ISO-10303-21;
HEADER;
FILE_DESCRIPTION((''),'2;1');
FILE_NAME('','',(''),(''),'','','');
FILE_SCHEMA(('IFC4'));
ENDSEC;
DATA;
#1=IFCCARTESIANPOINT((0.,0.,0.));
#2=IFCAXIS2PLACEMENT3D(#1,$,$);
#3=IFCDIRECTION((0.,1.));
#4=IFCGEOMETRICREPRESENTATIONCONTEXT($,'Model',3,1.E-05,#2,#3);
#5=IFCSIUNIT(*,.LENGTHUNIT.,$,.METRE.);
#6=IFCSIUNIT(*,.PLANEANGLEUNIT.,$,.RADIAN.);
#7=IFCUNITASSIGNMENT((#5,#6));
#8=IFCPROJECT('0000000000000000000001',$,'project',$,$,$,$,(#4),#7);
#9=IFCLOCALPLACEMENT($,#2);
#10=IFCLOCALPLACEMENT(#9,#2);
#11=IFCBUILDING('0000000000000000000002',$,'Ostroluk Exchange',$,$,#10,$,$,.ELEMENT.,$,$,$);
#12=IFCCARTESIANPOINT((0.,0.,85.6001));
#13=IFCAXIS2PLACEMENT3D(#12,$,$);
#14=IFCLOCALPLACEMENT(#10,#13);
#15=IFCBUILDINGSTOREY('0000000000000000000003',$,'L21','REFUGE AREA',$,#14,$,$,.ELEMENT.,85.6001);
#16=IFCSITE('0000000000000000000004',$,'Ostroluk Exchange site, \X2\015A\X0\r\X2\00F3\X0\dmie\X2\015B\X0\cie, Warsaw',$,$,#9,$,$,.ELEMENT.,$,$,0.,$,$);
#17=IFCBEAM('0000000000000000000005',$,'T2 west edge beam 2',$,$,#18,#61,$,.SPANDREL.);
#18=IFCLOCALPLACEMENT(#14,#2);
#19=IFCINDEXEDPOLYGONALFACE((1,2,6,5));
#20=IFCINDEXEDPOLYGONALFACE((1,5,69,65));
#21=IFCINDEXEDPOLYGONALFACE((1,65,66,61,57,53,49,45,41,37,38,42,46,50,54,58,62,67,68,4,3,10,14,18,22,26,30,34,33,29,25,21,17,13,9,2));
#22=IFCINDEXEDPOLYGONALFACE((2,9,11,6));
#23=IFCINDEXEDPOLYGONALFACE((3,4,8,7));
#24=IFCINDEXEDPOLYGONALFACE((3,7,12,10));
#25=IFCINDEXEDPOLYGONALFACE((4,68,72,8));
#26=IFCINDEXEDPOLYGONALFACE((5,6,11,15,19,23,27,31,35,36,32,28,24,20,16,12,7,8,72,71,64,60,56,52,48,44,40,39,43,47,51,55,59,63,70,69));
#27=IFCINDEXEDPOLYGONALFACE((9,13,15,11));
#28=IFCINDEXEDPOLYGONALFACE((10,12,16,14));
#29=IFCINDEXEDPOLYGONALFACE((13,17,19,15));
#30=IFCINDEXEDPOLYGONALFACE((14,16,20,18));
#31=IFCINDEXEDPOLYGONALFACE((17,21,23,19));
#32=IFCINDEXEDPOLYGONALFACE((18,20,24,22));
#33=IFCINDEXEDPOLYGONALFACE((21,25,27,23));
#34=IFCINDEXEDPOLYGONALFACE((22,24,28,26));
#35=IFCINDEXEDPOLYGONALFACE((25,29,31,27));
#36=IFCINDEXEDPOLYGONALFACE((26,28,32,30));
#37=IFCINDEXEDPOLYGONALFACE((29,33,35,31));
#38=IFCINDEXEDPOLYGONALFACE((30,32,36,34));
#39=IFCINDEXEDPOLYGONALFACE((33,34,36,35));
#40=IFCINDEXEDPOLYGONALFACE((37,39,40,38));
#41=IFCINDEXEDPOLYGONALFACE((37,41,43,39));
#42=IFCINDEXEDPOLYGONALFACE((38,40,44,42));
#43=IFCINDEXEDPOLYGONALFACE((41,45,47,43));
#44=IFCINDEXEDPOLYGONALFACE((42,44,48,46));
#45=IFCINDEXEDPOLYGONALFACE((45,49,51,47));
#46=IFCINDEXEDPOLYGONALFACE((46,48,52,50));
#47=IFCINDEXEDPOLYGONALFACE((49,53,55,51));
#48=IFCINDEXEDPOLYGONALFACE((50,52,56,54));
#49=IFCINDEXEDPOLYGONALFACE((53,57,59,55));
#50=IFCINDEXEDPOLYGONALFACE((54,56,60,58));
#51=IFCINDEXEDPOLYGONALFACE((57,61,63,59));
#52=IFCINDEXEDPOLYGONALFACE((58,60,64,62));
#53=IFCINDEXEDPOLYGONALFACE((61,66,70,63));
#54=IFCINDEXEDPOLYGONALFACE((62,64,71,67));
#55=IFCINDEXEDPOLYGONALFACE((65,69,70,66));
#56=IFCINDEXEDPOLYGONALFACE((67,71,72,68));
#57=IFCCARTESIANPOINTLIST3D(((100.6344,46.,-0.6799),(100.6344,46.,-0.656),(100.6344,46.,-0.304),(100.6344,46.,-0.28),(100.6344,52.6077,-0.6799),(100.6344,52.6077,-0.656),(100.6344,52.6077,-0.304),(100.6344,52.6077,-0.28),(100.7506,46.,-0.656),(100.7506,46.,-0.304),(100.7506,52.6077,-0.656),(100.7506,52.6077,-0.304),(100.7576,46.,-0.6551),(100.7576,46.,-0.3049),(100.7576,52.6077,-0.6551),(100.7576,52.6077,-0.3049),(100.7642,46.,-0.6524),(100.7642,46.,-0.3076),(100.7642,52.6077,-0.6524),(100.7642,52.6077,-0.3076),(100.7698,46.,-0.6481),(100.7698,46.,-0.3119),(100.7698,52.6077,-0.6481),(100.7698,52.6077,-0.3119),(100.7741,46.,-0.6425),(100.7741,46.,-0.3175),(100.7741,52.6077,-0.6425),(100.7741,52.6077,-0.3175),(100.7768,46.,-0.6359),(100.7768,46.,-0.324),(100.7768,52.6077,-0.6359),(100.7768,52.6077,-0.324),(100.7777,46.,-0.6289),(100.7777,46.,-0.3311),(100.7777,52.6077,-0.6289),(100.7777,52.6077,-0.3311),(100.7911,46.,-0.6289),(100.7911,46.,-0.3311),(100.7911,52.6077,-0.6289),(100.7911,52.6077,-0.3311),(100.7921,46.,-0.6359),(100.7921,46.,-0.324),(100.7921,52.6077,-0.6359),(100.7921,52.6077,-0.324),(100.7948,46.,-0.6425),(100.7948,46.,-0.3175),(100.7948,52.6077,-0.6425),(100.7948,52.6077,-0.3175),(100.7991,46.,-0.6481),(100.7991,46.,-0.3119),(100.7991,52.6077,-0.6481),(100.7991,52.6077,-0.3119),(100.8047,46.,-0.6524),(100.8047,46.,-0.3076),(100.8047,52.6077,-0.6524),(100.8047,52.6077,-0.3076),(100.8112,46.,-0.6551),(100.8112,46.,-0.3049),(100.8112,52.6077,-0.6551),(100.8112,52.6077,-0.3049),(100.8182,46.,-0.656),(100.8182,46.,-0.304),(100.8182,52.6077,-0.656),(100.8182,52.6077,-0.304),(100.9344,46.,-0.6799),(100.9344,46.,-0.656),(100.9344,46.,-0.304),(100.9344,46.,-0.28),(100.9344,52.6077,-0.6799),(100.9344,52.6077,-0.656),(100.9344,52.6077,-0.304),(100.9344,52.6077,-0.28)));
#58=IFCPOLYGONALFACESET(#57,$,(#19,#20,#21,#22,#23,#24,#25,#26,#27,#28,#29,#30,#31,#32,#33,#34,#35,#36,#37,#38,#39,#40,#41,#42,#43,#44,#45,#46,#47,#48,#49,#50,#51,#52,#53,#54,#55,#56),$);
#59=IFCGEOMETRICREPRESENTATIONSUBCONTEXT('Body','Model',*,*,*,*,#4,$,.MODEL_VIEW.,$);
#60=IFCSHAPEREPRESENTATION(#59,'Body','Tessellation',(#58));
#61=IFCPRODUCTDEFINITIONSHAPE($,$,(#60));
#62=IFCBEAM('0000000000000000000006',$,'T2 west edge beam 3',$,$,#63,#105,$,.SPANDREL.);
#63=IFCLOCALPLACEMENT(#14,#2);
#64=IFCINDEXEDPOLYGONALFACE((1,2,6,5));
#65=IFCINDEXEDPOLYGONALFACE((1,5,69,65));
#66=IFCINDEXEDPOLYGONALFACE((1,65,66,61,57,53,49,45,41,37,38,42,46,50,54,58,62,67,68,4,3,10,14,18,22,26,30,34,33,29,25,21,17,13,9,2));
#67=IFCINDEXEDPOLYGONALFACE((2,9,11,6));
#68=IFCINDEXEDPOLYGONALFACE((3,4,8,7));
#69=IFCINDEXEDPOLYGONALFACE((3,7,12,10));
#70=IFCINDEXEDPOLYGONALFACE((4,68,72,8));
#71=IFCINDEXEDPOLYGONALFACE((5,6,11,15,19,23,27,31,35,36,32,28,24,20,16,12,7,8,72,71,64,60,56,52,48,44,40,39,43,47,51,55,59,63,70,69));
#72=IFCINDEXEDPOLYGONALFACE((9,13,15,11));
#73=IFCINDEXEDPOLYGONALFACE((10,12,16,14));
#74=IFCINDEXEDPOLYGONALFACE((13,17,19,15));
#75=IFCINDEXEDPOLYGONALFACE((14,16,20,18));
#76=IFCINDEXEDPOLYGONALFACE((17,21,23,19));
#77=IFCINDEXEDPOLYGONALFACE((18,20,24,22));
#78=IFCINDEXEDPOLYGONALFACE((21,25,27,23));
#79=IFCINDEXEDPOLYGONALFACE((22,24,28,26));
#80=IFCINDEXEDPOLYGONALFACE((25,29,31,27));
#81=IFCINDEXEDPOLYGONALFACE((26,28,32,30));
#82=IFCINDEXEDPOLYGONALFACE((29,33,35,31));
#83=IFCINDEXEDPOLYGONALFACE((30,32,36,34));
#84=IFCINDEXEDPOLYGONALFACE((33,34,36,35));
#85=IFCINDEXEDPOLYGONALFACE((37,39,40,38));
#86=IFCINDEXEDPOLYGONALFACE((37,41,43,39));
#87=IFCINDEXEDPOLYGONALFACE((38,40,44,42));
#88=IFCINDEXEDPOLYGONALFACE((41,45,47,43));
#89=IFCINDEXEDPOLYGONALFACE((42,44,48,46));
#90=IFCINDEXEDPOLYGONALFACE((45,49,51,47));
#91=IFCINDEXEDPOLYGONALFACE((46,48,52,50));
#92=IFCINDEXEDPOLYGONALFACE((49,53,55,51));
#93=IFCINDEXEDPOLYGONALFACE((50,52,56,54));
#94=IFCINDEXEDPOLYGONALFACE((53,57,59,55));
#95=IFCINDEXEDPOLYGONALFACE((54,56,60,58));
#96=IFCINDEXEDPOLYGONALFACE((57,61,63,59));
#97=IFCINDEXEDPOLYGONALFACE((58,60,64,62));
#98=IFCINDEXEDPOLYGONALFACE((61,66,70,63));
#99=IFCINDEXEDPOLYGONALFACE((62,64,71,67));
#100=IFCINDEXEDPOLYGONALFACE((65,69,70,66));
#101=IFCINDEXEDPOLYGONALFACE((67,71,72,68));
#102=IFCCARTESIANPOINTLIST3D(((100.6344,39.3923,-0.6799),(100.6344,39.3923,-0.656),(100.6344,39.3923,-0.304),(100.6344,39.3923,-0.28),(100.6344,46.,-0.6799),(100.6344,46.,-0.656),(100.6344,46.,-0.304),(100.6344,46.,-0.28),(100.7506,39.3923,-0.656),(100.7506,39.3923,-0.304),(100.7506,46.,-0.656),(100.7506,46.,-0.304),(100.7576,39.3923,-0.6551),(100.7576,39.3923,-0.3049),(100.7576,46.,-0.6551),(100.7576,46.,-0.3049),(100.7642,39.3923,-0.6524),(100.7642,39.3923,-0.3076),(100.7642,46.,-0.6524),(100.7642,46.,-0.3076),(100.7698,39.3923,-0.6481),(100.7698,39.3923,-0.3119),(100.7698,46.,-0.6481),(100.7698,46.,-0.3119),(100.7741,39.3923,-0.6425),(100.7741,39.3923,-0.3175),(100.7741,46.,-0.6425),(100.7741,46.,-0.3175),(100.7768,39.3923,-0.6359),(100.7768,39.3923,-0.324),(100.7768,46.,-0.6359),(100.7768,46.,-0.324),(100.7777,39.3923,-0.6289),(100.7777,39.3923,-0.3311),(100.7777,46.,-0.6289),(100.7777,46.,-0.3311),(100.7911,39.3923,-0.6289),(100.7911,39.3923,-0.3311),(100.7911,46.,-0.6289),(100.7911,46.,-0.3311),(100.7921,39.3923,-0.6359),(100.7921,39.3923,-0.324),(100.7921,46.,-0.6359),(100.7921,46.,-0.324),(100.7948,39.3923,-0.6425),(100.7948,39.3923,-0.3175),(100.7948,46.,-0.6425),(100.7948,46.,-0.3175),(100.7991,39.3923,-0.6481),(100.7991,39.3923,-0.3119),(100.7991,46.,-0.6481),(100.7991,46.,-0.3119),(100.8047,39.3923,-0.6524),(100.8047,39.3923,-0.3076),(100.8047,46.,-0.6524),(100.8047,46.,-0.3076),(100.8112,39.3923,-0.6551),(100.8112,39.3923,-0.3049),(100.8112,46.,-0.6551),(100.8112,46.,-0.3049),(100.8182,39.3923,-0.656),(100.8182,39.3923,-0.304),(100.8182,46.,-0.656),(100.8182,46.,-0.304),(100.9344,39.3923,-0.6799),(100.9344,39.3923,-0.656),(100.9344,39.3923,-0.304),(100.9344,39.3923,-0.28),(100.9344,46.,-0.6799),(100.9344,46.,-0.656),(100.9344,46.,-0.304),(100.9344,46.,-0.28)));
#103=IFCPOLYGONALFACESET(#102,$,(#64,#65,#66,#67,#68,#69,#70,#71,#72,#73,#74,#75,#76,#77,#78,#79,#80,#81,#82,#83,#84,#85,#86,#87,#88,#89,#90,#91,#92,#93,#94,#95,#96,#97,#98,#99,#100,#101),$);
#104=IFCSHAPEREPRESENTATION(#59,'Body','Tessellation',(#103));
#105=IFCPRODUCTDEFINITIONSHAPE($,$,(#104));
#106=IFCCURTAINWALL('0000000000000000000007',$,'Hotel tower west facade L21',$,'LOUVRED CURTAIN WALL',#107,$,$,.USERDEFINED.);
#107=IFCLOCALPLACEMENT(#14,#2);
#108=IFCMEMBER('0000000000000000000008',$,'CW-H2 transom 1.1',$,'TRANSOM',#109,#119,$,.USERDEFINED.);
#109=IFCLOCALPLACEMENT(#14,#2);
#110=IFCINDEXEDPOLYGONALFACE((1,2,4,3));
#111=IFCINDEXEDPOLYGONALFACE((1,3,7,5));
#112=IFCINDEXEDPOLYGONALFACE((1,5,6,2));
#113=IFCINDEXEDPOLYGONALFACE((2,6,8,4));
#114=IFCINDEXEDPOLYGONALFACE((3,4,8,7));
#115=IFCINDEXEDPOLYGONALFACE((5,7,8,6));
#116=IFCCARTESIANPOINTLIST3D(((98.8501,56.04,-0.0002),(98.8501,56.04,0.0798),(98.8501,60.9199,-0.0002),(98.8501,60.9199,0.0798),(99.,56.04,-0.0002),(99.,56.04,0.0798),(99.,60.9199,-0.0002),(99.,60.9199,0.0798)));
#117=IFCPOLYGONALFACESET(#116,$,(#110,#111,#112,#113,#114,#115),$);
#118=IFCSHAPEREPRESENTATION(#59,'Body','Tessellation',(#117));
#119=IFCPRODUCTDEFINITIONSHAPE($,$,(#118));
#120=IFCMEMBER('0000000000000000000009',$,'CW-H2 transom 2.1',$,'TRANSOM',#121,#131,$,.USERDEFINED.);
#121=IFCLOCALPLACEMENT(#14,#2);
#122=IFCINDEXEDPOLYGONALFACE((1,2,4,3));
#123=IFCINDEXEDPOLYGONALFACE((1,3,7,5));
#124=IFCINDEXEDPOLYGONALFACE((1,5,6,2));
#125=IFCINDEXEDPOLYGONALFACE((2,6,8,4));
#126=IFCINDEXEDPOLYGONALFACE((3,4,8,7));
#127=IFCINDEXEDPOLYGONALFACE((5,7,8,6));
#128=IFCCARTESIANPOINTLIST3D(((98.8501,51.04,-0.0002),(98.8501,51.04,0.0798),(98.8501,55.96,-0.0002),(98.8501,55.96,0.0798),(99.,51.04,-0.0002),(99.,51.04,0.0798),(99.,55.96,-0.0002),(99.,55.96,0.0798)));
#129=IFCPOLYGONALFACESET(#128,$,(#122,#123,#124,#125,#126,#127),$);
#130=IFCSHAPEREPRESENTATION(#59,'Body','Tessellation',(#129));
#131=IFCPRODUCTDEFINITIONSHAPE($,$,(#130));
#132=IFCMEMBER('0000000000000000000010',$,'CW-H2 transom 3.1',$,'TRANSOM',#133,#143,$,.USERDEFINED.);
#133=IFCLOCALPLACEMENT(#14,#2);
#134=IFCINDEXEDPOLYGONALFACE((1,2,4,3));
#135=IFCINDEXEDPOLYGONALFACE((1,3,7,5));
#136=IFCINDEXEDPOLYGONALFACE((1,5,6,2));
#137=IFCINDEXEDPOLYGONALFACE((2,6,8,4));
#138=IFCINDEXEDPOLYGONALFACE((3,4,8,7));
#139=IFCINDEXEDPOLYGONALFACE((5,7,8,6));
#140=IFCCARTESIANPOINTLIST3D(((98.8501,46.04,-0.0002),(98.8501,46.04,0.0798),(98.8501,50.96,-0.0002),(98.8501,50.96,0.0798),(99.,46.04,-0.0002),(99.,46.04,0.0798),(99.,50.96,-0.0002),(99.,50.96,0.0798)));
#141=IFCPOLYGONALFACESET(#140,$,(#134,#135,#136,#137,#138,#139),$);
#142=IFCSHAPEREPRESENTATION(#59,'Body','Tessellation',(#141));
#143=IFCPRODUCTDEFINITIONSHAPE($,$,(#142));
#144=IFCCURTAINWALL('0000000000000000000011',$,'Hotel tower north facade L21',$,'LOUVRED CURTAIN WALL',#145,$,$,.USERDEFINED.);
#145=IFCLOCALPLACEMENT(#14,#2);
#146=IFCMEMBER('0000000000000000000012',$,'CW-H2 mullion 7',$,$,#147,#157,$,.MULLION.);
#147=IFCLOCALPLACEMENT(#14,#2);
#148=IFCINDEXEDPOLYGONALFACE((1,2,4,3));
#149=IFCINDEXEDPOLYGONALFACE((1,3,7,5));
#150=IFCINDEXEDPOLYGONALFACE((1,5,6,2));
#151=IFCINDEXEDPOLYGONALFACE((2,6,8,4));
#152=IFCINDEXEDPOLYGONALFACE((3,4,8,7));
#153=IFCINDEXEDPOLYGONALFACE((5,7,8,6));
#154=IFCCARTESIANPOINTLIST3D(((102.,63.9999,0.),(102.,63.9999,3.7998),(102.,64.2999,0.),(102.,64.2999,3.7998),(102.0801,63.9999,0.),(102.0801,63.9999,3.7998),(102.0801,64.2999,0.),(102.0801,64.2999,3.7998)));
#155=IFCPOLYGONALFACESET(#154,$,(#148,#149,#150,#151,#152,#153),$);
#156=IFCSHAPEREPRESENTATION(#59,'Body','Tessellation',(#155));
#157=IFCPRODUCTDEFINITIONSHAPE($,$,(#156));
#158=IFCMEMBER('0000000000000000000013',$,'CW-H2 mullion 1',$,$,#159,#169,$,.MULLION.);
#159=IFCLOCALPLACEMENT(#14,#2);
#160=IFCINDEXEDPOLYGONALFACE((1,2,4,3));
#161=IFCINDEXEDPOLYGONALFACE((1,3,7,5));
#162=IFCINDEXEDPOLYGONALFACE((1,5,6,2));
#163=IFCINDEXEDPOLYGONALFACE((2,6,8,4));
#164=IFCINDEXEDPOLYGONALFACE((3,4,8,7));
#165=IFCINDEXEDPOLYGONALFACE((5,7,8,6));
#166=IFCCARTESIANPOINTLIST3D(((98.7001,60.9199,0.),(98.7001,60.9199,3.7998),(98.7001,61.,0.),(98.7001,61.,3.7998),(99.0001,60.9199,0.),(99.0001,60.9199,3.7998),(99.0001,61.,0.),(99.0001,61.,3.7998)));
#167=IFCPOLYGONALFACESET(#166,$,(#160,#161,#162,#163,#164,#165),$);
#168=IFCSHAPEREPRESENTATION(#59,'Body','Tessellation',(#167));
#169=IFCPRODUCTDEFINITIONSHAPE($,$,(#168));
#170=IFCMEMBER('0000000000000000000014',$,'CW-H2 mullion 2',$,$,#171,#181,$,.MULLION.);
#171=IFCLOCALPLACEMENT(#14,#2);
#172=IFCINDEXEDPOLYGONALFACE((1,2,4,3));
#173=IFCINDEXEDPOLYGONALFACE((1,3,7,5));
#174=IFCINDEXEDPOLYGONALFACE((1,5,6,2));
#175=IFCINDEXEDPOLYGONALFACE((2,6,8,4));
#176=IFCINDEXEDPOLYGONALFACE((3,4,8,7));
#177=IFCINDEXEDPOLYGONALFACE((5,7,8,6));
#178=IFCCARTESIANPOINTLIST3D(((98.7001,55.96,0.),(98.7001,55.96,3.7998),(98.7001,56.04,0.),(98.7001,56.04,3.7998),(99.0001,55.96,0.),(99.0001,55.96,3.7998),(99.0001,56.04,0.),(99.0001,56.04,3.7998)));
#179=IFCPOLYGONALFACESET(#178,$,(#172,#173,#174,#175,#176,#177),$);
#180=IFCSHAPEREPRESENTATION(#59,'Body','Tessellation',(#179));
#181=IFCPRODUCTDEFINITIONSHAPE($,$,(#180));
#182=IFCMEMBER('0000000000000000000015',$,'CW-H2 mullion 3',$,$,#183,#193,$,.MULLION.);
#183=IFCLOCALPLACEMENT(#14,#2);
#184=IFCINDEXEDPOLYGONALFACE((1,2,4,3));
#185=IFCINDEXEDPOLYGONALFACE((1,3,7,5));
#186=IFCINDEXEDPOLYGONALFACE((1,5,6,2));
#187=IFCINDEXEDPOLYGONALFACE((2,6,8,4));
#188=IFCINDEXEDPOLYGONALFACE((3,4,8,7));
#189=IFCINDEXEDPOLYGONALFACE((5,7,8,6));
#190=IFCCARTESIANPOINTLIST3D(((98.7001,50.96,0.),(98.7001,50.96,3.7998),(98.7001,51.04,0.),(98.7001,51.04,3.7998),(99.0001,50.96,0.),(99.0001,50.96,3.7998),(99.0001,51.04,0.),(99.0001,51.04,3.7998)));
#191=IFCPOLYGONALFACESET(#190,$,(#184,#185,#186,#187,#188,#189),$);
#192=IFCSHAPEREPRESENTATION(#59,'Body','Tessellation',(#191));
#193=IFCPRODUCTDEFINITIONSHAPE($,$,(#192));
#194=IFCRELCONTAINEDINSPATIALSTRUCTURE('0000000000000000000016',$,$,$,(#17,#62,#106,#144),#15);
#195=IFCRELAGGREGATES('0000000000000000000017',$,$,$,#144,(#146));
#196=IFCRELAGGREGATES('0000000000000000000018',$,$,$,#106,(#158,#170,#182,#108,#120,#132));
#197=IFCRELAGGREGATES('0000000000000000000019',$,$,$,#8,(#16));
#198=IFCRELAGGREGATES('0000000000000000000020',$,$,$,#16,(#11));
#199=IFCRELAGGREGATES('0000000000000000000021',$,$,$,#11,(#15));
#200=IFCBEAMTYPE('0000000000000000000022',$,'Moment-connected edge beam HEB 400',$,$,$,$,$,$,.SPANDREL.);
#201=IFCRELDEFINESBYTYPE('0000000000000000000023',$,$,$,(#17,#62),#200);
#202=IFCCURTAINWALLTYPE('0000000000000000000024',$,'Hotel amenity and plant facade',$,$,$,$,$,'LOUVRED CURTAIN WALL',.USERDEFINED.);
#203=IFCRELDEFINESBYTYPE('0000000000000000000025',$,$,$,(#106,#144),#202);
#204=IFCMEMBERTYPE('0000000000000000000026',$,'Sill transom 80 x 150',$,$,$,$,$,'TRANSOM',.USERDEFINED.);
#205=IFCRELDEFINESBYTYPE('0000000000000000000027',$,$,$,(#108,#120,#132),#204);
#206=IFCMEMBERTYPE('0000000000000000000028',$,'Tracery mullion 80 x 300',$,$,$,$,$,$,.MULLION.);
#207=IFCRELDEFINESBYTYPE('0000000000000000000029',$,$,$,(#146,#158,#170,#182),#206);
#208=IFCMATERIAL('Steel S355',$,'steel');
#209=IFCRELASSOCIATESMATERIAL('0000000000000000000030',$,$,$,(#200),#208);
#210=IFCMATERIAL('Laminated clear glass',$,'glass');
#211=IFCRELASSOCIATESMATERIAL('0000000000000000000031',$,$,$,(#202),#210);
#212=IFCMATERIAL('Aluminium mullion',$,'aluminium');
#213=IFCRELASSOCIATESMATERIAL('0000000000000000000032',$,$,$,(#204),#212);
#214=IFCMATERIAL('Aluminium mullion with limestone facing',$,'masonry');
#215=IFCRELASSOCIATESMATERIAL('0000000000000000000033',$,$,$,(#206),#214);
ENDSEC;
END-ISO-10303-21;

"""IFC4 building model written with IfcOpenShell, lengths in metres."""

from ifc_helpers import new_model, si_unit, direction, frame, origin, origin_2d, place, context, subcontext, project, spatial, rectangle, i_section, extrude, material, material_profile, profile_set, type_object, element, aggregate, save


model = new_model("IFC4")

# Units and contexts
model_context = context("Model", 3, precision=1e-05, world=origin(), true_north=direction((0.0, 1.0)))
body_context = subcontext(model_context, "Body", "Model", "MODEL_VIEW")
ifc_project = project(units=[si_unit("LENGTHUNIT", "METRE"), si_unit("PLANEANGLEUNIT", "RADIAN")], contexts=[model_context])

# Site, building, storey
site_placement = place(None, origin())
site = spatial("IfcSite", under=ifc_project, at=site_placement, Name="Ostroluk Exchange site, Śródmieście, Warsaw", CompositionType="ELEMENT", RefElevation=0.0)
building_placement = place(site_placement, origin())
building = spatial("IfcBuilding", under=site, at=building_placement, Name="Ostroluk Exchange", CompositionType="ELEMENT")
storey_placement = place(building_placement, frame((0.0, 0.0, 85.6001)))
storey = spatial("IfcBuildingStorey", under=building, at=storey_placement, Name="L21", Description="REFUGE AREA", CompositionType="ELEMENT", Elevation=85.6001)

# Beams
ifc_material_1 = material(Name="Steel S355", Category="steel")
ifc_material_profile_1 = material_profile(ifc_material_1, i_section(OverallWidth=0.3, OverallDepth=0.3999, WebThickness=0.0134, FlangeThickness=0.0239, FilletRadius=0.0271, at=origin_2d()), Name="HEB 400")
ifc_profile_set_1 = profile_set([ifc_material_profile_1], Name="Steel S355")
beam_type = type_object("IfcBeamType", Name="Moment-connected edge beam HEB 400", PredefinedType="SPANDREL", material=ifc_profile_set_1)
for number, where, z_axis, x_axis, name in (
    (1, (100.7844, 52.6077, -0.48), (0.0, -1.0, 0.0), (1.0, 0.0, 0.0), "T2 west edge beam 2"),
    (2, (100.7844, 46.0, -0.48), (0.0, -1.0, 0.0), (1.0, 0.0, 0.0), "T2 west edge beam 3"),
):
    element("IfcBeam", number, at=place(storey_placement, frame(where, z_axis=z_axis, x_axis=x_axis)), inside=storey, type_object=beam_type, Name=name, PredefinedType="SPANDREL", context=body_context, shape_type="SweptSolid", body=[
        extrude(i_section(OverallWidth=0.3, OverallDepth=0.3999, WebThickness=0.0134, FlangeThickness=0.0239, FilletRadius=0.0271, at=origin_2d()), origin(), (0.0, 0.0, 1.0), 6.6077),
    ])

# Curtain wall, members
ifc_material_2 = material(Name="Laminated clear glass", Category="glass")
curtain_wall_type_1 = type_object("IfcCurtainWallType", Name="Hotel amenity and plant facade", ElementType="LOUVRED CURTAIN WALL", PredefinedType="USERDEFINED", material=ifc_material_2)
curtain_wall_1_placement = place(storey_placement, origin())
curtain_wall_1 = element("IfcCurtainWall", 3, at=curtain_wall_1_placement, inside=storey, type_object=curtain_wall_type_1, Name="Hotel tower west facade L21", ObjectType="LOUVRED CURTAIN WALL", PredefinedType="USERDEFINED")
ifc_material_3 = material(Name="Aluminium mullion", Category="aluminium")
ifc_material_profile_2 = material_profile(ifc_material_3, rectangle(XDim=0.1499, YDim=0.0801, at=origin_2d()), Name="Sill transom 80 x 150")
ifc_profile_set_2 = profile_set([ifc_material_profile_2], Name="Aluminium mullion")
member_type_1 = type_object("IfcMemberType", Name="Sill transom 80 x 150", ElementType="TRANSOM", PredefinedType="USERDEFINED", material=ifc_profile_set_2)
member_1_placement = place(storey_placement, frame((98.925, 60.9199, 0.0398), z_axis=(0.0, -1.0, 0.0), x_axis=(1.0, 0.0, 0.0)))
member_1 = element("IfcMember", 4, at=member_1_placement, type_object=member_type_1, Name="CW-H2 transom 1.1", ObjectType="TRANSOM", PredefinedType="USERDEFINED", context=body_context, shape_type="SweptSolid", body=[
    extrude(rectangle(XDim=0.1499, YDim=0.0801, at=origin_2d()), origin(), (0.0, 0.0, 1.0), 4.8799),
])
member_2_placement = place(storey_placement, frame((98.925, 55.96, 0.0398), z_axis=(0.0, -1.0, 0.0), x_axis=(1.0, 0.0, 0.0)))
member_2 = element("IfcMember", 5, at=member_2_placement, type_object=member_type_1, Name="CW-H2 transom 2.1", ObjectType="TRANSOM", PredefinedType="USERDEFINED", context=body_context, shape_type="SweptSolid", body=[
    extrude(rectangle(XDim=0.1499, YDim=0.0801, at=origin_2d()), origin(), (0.0, 0.0, 1.0), 4.9199),
])
member_3_placement = place(storey_placement, frame((98.925, 50.96, 0.0398), z_axis=(0.0, -1.0, 0.0), x_axis=(1.0, 0.0, 0.0)))
member_3 = element("IfcMember", 6, at=member_3_placement, type_object=member_type_1, Name="CW-H2 transom 3.1", ObjectType="TRANSOM", PredefinedType="USERDEFINED", context=body_context, shape_type="SweptSolid", body=[
    extrude(rectangle(XDim=0.1499, YDim=0.0801, at=origin_2d()), origin(), (0.0, 0.0, 1.0), 4.9199),
])

# Curtain wall, member
curtain_wall_2_placement = place(storey_placement, origin())
curtain_wall_2 = element("IfcCurtainWall", 7, at=curtain_wall_2_placement, inside=storey, type_object=curtain_wall_type_1, Name="Hotel tower north facade L21", ObjectType="LOUVRED CURTAIN WALL", PredefinedType="USERDEFINED")
ifc_material_4 = material(Name="Aluminium mullion with limestone facing", Category="masonry")
ifc_material_profile_3 = material_profile(ifc_material_4, rectangle(XDim=0.3, YDim=0.0801, at=origin_2d()), Name="Tracery mullion 80 x 300")
ifc_profile_set_3 = profile_set([ifc_material_profile_3], Name="Aluminium mullion with limestone facing")
member_type_2 = type_object("IfcMemberType", Name="Tracery mullion 80 x 300", PredefinedType="MULLION", material=ifc_profile_set_3)
member_4_placement = place(storey_placement, frame((102.04, 64.1499, 0.0), z_axis=(0.0, 0.0, 1.0), x_axis=(0.0, -1.0, 0.0)))
member_4 = element("IfcMember", 8, at=member_4_placement, type_object=member_type_2, Name="CW-H2 mullion 7", PredefinedType="MULLION", context=body_context, shape_type="SweptSolid", body=[
    extrude(rectangle(XDim=0.3, YDim=0.0801, at=origin_2d()), origin(), (0.0, 0.0, 1.0), 3.7998),
])
aggregate(curtain_wall_2, [member_4])

# Members
member_5_placement = place(storey_placement, frame((98.8501, 60.96, 0.0), z_axis=(0.0, 0.0, 1.0), x_axis=(1.0, 0.0, 0.0)))
member_5 = element("IfcMember", 9, at=member_5_placement, type_object=member_type_2, Name="CW-H2 mullion 1", PredefinedType="MULLION", context=body_context, shape_type="SweptSolid", body=[
    extrude(rectangle(XDim=0.3, YDim=0.0801, at=origin_2d()), origin(), (0.0, 0.0, 1.0), 3.7998),
])
member_6_placement = place(storey_placement, frame((98.8501, 56.0, 0.0), z_axis=(0.0, 0.0, 1.0), x_axis=(1.0, 0.0, 0.0)))
member_6 = element("IfcMember", 10, at=member_6_placement, type_object=member_type_2, Name="CW-H2 mullion 2", PredefinedType="MULLION", context=body_context, shape_type="SweptSolid", body=[
    extrude(rectangle(XDim=0.3, YDim=0.0801, at=origin_2d()), origin(), (0.0, 0.0, 1.0), 3.7998),
])
member_7_placement = place(storey_placement, frame((98.8501, 51.0, 0.0), z_axis=(0.0, 0.0, 1.0), x_axis=(1.0, 0.0, 0.0)))
member_7 = element("IfcMember", 11, at=member_7_placement, type_object=member_type_2, Name="CW-H2 mullion 3", PredefinedType="MULLION", context=body_context, shape_type="SweptSolid", body=[
    extrude(rectangle(XDim=0.3, YDim=0.0801, at=origin_2d()), origin(), (0.0, 0.0, 1.0), 3.7998),
])

aggregate(curtain_wall_1, [member_5, member_6, member_7, member_1, member_2, member_3])

save(model, "model.ifc")
